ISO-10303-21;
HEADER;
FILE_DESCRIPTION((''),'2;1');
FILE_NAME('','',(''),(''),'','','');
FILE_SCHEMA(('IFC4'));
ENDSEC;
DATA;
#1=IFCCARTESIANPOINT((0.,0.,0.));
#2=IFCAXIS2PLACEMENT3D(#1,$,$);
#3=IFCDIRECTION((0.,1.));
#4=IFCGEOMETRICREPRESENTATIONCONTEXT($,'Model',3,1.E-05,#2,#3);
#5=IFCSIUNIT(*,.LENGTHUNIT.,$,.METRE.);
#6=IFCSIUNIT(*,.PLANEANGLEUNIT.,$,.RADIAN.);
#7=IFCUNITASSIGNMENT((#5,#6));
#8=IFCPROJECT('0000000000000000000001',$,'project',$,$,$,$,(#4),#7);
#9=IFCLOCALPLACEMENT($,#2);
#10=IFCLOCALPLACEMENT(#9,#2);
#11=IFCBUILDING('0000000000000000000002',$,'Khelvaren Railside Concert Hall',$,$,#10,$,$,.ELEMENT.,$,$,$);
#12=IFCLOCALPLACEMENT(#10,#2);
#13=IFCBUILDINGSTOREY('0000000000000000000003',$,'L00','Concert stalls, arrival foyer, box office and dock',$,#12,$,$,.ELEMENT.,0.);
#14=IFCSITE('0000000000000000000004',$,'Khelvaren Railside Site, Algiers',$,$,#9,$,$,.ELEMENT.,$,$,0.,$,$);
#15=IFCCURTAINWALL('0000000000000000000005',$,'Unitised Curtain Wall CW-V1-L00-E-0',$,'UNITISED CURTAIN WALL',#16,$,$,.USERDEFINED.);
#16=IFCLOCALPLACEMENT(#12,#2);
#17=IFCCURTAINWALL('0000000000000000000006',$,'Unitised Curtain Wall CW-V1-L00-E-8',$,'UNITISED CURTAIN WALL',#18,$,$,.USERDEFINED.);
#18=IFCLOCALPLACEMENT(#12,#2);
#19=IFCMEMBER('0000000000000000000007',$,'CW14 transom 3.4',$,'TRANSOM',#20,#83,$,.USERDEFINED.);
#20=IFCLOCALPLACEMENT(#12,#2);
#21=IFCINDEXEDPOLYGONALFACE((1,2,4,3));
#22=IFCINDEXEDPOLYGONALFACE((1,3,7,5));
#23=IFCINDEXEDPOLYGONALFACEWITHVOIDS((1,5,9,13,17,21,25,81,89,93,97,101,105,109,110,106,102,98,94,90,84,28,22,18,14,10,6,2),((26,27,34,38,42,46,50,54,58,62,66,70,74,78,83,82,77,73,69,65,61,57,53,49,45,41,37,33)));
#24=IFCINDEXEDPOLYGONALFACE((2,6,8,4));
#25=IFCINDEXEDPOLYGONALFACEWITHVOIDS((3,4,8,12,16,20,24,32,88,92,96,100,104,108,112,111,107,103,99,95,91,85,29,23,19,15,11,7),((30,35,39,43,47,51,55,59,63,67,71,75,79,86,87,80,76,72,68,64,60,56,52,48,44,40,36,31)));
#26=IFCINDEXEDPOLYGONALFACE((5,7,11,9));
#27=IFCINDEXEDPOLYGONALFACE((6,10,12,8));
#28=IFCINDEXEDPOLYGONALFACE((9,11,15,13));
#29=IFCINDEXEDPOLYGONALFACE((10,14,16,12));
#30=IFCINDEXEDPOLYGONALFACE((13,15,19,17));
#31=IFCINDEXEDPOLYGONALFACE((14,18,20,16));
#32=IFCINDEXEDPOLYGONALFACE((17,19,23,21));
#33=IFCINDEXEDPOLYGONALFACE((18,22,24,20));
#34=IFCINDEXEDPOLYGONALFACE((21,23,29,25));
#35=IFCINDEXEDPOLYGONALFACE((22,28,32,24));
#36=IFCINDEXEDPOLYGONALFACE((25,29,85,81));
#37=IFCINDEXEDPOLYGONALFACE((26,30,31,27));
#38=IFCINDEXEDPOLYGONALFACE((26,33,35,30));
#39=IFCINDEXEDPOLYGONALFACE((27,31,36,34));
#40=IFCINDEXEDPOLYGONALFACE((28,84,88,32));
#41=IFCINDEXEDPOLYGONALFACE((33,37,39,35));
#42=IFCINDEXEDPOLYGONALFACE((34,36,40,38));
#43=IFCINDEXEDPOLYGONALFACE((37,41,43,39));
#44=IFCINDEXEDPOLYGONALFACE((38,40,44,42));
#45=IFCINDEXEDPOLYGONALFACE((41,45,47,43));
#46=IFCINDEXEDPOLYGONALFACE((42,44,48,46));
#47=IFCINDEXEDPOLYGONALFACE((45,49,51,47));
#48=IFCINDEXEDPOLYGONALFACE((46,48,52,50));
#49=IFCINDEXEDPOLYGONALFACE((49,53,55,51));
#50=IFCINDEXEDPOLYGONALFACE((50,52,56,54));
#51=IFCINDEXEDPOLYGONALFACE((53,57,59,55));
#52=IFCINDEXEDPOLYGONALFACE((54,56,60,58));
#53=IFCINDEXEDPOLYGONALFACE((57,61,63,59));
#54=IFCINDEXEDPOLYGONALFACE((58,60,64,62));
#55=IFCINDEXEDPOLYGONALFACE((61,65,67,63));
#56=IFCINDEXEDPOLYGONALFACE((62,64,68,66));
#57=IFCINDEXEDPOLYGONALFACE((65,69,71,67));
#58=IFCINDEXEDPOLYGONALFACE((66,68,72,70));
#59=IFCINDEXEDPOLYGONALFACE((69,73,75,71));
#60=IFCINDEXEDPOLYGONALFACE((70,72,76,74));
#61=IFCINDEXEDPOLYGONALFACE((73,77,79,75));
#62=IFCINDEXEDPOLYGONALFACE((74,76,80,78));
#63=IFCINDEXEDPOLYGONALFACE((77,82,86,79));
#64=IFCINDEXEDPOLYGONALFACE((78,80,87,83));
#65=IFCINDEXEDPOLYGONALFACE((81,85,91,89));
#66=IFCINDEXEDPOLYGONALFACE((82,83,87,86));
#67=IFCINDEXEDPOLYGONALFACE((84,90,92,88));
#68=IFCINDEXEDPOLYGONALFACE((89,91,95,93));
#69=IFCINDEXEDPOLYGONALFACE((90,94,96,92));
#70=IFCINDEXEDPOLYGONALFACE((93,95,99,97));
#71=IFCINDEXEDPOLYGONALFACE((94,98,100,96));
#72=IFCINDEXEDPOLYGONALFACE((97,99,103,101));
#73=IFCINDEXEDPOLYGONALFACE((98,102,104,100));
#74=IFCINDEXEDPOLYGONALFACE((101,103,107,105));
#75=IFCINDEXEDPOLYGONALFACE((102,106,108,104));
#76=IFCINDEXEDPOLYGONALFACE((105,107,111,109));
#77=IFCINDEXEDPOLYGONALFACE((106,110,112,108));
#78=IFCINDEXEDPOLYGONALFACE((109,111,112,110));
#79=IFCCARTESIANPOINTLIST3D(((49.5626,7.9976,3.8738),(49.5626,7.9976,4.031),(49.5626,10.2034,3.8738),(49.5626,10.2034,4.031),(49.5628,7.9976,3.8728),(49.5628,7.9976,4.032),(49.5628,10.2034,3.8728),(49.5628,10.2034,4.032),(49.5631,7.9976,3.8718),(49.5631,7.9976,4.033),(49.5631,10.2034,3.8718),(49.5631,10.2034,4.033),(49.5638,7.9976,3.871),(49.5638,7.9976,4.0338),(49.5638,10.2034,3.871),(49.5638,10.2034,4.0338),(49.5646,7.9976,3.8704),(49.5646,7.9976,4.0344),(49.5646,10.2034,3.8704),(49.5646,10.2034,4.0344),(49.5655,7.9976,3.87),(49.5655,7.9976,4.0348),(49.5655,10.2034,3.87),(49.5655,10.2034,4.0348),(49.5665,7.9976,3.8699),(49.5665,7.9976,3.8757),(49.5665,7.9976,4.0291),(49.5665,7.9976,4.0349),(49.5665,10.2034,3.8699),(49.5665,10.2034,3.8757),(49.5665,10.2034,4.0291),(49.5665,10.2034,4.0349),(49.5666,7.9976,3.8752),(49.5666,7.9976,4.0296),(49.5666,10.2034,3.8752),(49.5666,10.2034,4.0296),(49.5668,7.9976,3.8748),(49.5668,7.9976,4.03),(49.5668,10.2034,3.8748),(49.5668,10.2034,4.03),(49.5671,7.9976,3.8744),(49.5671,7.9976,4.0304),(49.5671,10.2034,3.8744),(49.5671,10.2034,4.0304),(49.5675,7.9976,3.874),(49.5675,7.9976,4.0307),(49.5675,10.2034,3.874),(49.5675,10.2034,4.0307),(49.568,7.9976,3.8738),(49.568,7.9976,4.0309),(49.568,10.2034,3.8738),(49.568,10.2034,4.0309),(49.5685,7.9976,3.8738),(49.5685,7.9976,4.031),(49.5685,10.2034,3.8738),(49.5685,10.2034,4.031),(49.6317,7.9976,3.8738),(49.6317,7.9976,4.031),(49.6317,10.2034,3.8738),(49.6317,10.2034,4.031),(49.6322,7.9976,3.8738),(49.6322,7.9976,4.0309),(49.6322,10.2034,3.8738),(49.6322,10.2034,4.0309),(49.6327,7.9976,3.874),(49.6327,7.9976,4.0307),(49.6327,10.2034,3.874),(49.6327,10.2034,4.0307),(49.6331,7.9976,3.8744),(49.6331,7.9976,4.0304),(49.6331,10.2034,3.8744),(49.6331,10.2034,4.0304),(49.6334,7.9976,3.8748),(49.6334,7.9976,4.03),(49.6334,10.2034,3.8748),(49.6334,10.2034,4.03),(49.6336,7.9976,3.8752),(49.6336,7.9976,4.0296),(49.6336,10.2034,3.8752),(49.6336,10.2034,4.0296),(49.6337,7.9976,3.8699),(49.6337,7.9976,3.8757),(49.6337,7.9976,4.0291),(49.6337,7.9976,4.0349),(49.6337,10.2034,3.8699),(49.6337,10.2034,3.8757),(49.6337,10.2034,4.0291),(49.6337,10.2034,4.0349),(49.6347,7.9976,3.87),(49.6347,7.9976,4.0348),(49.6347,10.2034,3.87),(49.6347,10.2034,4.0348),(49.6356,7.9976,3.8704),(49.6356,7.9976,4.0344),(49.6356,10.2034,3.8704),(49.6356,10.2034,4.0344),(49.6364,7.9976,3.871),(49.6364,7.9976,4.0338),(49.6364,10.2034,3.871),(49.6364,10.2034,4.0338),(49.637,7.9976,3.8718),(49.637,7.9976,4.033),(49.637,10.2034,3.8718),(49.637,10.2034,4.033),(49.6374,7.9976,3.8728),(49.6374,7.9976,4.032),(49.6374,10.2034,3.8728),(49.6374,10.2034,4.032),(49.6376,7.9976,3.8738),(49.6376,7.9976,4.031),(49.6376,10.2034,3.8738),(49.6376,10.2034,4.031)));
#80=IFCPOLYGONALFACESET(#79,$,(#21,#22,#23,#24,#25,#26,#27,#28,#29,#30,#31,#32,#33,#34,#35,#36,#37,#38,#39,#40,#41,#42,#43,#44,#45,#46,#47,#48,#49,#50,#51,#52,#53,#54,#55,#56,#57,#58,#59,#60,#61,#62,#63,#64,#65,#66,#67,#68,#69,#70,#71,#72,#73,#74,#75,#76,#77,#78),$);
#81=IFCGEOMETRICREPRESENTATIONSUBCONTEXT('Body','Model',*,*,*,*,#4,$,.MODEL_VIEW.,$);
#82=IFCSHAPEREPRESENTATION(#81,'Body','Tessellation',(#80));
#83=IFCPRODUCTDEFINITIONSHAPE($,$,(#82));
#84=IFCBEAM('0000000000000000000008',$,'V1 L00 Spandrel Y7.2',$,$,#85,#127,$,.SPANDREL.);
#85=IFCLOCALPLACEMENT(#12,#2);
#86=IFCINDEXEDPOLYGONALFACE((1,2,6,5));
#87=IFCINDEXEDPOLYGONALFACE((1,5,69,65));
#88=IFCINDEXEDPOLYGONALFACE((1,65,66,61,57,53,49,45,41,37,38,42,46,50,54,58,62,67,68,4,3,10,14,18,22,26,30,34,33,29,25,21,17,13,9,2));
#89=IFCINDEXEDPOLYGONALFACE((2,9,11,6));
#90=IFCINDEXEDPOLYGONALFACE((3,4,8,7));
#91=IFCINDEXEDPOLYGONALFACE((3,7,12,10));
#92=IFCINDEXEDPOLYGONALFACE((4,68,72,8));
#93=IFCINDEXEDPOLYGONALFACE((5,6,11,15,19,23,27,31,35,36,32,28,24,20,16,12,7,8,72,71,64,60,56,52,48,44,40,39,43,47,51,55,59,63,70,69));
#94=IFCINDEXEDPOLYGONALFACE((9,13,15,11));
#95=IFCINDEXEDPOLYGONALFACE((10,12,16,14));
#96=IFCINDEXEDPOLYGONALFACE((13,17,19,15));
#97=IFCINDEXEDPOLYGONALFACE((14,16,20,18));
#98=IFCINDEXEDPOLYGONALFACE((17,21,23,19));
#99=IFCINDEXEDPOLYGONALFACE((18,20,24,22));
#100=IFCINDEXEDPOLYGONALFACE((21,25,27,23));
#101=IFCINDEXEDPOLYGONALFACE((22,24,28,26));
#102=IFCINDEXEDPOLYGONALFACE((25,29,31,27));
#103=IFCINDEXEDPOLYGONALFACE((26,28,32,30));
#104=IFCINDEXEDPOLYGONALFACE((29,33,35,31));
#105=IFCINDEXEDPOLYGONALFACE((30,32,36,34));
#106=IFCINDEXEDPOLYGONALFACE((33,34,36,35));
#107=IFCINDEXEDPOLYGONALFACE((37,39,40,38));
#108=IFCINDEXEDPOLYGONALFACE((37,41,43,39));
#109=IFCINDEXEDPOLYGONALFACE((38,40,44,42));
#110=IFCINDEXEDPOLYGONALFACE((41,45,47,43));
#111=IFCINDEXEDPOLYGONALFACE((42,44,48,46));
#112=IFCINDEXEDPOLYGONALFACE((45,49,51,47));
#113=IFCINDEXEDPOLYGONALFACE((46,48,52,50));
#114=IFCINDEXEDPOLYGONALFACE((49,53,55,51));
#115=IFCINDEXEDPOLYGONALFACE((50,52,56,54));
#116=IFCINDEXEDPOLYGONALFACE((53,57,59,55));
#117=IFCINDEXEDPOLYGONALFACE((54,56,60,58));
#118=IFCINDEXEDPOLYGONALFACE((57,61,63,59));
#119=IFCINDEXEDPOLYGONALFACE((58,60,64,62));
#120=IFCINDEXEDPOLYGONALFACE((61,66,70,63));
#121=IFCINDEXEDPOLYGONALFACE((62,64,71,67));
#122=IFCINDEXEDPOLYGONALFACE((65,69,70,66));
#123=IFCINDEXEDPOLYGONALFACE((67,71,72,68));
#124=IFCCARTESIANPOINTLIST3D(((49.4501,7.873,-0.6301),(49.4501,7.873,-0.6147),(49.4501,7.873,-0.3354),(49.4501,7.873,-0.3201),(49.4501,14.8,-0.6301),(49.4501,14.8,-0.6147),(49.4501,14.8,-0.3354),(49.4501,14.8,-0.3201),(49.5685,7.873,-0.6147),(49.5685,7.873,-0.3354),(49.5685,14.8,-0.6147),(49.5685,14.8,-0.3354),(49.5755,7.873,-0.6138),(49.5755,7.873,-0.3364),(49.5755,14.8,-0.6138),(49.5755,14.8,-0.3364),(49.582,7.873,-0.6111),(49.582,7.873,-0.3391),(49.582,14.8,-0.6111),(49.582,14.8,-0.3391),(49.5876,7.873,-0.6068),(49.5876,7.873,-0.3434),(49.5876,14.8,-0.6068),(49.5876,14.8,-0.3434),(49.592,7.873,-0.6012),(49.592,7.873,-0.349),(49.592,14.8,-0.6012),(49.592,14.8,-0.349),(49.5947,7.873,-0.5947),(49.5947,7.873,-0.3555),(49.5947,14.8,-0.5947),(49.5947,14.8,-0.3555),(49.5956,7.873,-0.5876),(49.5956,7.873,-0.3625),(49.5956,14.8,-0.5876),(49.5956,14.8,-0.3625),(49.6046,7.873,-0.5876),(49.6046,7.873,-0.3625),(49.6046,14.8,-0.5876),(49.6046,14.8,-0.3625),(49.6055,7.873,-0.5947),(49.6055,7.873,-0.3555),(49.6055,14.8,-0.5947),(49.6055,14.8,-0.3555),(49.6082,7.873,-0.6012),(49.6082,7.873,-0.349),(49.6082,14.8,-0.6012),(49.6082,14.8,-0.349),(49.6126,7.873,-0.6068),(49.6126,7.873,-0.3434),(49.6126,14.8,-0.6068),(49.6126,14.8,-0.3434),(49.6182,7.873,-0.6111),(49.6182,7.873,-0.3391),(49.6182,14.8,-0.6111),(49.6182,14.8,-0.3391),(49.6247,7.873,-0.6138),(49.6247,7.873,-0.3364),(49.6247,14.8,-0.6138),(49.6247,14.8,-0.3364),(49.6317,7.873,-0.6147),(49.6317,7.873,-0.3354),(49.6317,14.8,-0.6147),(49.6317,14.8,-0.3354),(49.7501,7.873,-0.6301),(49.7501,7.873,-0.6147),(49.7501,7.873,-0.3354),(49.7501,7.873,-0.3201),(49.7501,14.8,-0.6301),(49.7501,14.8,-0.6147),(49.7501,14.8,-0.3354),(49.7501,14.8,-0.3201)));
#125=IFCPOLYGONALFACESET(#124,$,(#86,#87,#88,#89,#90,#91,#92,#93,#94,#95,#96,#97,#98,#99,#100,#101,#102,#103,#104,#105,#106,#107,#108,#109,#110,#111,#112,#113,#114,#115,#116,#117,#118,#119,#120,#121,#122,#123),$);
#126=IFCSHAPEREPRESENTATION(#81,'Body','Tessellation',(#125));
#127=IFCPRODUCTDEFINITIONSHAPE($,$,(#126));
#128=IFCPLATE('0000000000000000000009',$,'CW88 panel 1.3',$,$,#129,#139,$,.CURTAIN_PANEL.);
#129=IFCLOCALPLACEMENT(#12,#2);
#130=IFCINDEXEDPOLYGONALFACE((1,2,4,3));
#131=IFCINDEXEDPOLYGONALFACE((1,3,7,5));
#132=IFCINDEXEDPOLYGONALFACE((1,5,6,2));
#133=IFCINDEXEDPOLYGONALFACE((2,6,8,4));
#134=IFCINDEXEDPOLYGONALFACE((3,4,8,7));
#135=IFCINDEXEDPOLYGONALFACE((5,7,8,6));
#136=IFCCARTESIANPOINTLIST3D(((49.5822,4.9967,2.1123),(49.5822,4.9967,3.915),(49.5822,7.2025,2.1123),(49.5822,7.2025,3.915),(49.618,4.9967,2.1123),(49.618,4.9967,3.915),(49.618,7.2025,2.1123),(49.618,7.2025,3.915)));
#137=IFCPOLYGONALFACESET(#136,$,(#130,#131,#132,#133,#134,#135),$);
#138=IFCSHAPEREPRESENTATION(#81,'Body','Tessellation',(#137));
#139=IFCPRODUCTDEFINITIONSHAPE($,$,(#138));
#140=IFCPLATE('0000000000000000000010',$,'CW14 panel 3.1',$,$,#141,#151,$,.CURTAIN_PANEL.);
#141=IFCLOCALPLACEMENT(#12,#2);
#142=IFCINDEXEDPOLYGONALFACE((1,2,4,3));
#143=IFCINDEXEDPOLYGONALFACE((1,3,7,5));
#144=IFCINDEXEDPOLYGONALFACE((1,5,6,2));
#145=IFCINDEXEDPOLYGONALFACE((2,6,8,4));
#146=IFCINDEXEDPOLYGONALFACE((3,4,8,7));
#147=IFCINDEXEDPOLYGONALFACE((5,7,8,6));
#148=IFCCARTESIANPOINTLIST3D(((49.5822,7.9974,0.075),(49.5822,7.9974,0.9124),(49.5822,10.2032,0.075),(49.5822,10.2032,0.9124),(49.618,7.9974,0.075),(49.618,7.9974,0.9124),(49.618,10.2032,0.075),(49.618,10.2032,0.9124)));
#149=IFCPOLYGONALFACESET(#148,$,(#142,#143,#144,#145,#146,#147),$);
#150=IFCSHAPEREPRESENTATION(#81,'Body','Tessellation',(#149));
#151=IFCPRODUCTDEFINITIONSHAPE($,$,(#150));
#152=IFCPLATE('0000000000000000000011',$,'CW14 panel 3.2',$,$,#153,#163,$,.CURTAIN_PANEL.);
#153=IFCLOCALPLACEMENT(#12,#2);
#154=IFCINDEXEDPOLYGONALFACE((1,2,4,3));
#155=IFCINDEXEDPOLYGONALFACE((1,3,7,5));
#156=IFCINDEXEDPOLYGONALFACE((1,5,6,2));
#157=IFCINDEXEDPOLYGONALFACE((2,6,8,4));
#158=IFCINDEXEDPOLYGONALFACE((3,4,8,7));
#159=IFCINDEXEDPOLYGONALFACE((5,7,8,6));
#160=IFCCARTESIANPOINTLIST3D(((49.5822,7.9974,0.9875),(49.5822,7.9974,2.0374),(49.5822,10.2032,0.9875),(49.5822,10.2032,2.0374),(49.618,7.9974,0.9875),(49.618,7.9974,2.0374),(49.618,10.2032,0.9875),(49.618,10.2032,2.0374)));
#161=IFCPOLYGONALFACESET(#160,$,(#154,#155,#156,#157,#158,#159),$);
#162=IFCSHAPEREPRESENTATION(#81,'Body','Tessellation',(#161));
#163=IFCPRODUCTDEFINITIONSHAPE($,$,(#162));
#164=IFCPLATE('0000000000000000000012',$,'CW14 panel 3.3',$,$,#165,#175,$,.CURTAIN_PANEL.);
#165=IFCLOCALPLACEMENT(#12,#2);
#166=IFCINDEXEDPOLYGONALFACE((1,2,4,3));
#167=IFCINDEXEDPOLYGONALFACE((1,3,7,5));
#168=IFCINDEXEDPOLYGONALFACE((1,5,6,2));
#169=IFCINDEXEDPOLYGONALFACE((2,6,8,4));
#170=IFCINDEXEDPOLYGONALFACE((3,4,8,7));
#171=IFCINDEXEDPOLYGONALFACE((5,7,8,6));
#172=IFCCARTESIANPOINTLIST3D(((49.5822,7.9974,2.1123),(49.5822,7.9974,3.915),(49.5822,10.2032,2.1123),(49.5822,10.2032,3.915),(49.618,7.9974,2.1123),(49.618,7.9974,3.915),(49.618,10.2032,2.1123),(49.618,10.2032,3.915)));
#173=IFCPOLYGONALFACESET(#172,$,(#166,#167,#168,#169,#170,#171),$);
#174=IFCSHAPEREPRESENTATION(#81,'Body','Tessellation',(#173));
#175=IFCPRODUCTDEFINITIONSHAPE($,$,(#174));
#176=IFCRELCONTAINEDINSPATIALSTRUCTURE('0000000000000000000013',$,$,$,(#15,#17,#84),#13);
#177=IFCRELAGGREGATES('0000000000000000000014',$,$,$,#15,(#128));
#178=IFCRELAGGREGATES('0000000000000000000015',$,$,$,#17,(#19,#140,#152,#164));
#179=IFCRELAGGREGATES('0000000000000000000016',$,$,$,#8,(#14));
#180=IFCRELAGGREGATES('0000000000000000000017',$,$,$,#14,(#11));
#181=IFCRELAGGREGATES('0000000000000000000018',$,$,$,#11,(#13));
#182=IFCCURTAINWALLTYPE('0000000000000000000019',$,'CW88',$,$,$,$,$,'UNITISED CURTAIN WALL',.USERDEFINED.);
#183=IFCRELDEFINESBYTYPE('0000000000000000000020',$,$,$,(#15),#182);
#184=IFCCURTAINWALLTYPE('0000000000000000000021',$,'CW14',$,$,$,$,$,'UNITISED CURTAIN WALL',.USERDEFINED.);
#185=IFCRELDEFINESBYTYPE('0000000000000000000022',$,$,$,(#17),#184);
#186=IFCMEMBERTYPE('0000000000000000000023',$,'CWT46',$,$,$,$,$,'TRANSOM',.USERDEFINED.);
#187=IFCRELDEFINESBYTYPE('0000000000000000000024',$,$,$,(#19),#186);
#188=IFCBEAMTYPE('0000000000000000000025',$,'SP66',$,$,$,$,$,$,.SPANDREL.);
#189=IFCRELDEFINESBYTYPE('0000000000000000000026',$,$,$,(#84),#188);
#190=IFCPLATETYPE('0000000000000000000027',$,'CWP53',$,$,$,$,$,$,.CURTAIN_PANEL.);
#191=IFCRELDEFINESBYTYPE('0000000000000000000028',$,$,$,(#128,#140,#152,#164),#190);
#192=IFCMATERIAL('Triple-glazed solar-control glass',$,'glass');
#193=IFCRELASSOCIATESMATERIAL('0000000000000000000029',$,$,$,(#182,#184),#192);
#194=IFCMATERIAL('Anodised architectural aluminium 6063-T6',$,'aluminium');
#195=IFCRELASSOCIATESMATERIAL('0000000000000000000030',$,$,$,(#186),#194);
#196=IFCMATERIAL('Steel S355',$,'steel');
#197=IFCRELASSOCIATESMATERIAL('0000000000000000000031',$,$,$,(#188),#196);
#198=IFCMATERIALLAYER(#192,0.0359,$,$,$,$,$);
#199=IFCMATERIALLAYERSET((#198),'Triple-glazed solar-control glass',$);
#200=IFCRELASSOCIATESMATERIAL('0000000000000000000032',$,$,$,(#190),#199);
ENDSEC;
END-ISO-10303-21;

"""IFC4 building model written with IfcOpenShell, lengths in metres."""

from ifc_helpers import new_model, si_unit, direction, frame, origin, origin_2d, place, context, subcontext, project, spatial, rectangle, hollow_rectangle, i_section, extrude, material, layer, layer_set, material_profile, profile_set, type_object, element, aggregate, save


model = new_model("IFC4")

# Units and contexts
model_context = context("Model", 3, precision=1e-05, world=origin(), true_north=direction((0.0, 1.0)))
body_context = subcontext(model_context, "Body", "Model", "MODEL_VIEW")
ifc_project = project(units=[si_unit("LENGTHUNIT", "METRE"), si_unit("PLANEANGLEUNIT", "RADIAN")], contexts=[model_context])

# Site, building, storey
site_placement = place(None, origin())
site = spatial("IfcSite", under=ifc_project, at=site_placement, Name="Khelvaren Railside Site, Algiers", CompositionType="ELEMENT", RefElevation=0.0)
building_placement = place(site_placement, origin())
building = spatial("IfcBuilding", under=site, at=building_placement, Name="Khelvaren Railside Concert Hall", CompositionType="ELEMENT")
storey_placement = place(building_placement, origin())
storey = spatial("IfcBuildingStorey", under=building, at=storey_placement, Name="L00", Description="Concert stalls, arrival foyer, box office and dock", CompositionType="ELEMENT", Elevation=0.0)

# Shared definitions
ifc_material_1 = material(Name="Steel S355", Category="steel")

# Curtain wall
ifc_material_2 = material(Name="Triple-glazed solar-control glass", Category="glass")
curtain_wall_type_1 = type_object("IfcCurtainWallType", Name="CW88", ElementType="UNITISED CURTAIN WALL", PredefinedType="USERDEFINED", material=ifc_material_2)
curtain_wall_1_placement = place(storey_placement, origin())
curtain_wall_1 = element("IfcCurtainWall", 1, at=curtain_wall_1_placement, inside=storey, type_object=curtain_wall_type_1, Name="Unitised Curtain Wall CW-V1-L00-E-0", ObjectType="UNITISED CURTAIN WALL", PredefinedType="USERDEFINED")
ifc_material_3 = material(Name="Anodised architectural aluminium 6063-T6", Category="aluminium")

# Curtain wall
curtain_wall_type_2 = type_object("IfcCurtainWallType", Name="CW14", ElementType="UNITISED CURTAIN WALL", PredefinedType="USERDEFINED", material=ifc_material_2)
curtain_wall_2_placement = place(storey_placement, origin())
curtain_wall_2 = element("IfcCurtainWall", 2, at=curtain_wall_2_placement, inside=storey, type_object=curtain_wall_type_2, Name="Unitised Curtain Wall CW-V1-L00-E-8", ObjectType="UNITISED CURTAIN WALL", PredefinedType="USERDEFINED")

# Member
ifc_material_profile_1 = material_profile(ifc_material_3, hollow_rectangle(XDim=0.075, YDim=0.165, WallThickness=0.0039, InnerFilletRadius=0.002, OuterFilletRadius=0.0039, at=origin_2d()), Name="CWT 75x165x4")
ifc_profile_set_1 = profile_set([ifc_material_profile_1], Name="Anodised architectural aluminium 6063-T6")
member_type_1 = type_object("IfcMemberType", Name="CWT46", ElementType="TRANSOM", PredefinedType="USERDEFINED", material=ifc_profile_set_1)
member_1_placement = place(storey_placement, frame((49.6001, 10.2034, 3.9524), z_axis=(0.0, -1.0, 0.0), x_axis=(1.0, 0.0, 0.0)))
member_1 = element("IfcMember", 3, at=member_1_placement, type_object=member_type_1, Name="CW14 transom 3.4", ObjectType="TRANSOM", PredefinedType="USERDEFINED", context=body_context, shape_type="SweptSolid", body=[
    extrude(hollow_rectangle(XDim=0.075, YDim=0.165, WallThickness=0.0039, InnerFilletRadius=0.002, OuterFilletRadius=0.0039, at=origin_2d()), origin(), (0.0, 0.0, 1.0), 2.2058),
])

# Beam
ifc_material_profile_2 = material_profile(ifc_material_1, i_section(OverallWidth=0.3, OverallDepth=0.3101, WebThickness=0.009, FlangeThickness=0.0154, FilletRadius=0.0271, at=origin_2d()), Name="HEA 320")
ifc_profile_set_2 = profile_set([ifc_material_profile_2], Name="Steel S355")
beam_type = type_object("IfcBeamType", Name="SP66", PredefinedType="SPANDREL", material=ifc_profile_set_2)
beam_placement = place(storey_placement, frame((49.6001, 7.873, -0.4751), z_axis=(0.0, 1.0, 0.0), x_axis=(-1.0, 0.0, 0.0)))
element("IfcBeam", 4, at=beam_placement, inside=storey, type_object=beam_type, Name="V1 L00 Spandrel Y7.2", PredefinedType="SPANDREL", context=body_context, shape_type="SweptSolid", body=[
    extrude(i_section(OverallWidth=0.3, OverallDepth=0.3101, WebThickness=0.009, FlangeThickness=0.0154, FilletRadius=0.0271, at=origin_2d()), origin(), (0.0, 0.0, 1.0), 6.927),
])

# Plates
ifc_layer = layer(ifc_material_2, 0.0359)
ifc_layer_set = layer_set([ifc_layer], Name="Triple-glazed solar-control glass")
plate_type = type_object("IfcPlateType", Name="CWP53", PredefinedType="CURTAIN_PANEL", material=ifc_layer_set)
plate_1_placement = place(storey_placement, frame((49.6001, 6.0996, 2.1123), z_axis=(0.0, 0.0, 1.0), x_axis=(0.0, -1.0, 0.0)))
plate_1 = element("IfcPlate", 5, at=plate_1_placement, type_object=plate_type, Name="CW88 panel 1.3", PredefinedType="CURTAIN_PANEL", context=body_context, shape_type="SweptSolid", body=[
    extrude(rectangle(XDim=2.2058, YDim=0.0359, at=origin_2d()), origin(), (0.0, 0.0, 1.0), 1.8027),
])
aggregate(curtain_wall_1, [plate_1])
plate_2_placement = place(storey_placement, frame((49.6001, 9.1003, 0.075), z_axis=(0.0, 0.0, 1.0), x_axis=(0.0, -1.0, 0.0)))
plate_2 = element("IfcPlate", 6, at=plate_2_placement, type_object=plate_type, Name="CW14 panel 3.1", PredefinedType="CURTAIN_PANEL", context=body_context, shape_type="SweptSolid", body=[
    extrude(rectangle(XDim=2.2058, YDim=0.0359, at=origin_2d()), origin(), (0.0, 0.0, 1.0), 0.8374),
])
plate_3_placement = place(storey_placement, frame((49.6001, 9.1003, 0.9875), z_axis=(0.0, 0.0, 1.0), x_axis=(0.0, -1.0, 0.0)))
plate_3 = element("IfcPlate", 7, at=plate_3_placement, type_object=plate_type, Name="CW14 panel 3.2", PredefinedType="CURTAIN_PANEL", context=body_context, shape_type="SweptSolid", body=[
    extrude(rectangle(XDim=2.2058, YDim=0.0359, at=origin_2d()), origin(), (0.0, 0.0, 1.0), 1.0498),
])
plate_4_placement = place(storey_placement, frame((49.6001, 9.1003, 2.1123), z_axis=(0.0, 0.0, 1.0), x_axis=(0.0, -1.0, 0.0)))
plate_4 = element("IfcPlate", 8, at=plate_4_placement, type_object=plate_type, Name="CW14 panel 3.3", PredefinedType="CURTAIN_PANEL", context=body_context, shape_type="SweptSolid", body=[
    extrude(rectangle(XDim=2.2058, YDim=0.0359, at=origin_2d()), origin(), (0.0, 0.0, 1.0), 1.8027),
])
aggregate(curtain_wall_2, [member_1, plate_2, plate_3, plate_4])

save(model, "model.ifc")
